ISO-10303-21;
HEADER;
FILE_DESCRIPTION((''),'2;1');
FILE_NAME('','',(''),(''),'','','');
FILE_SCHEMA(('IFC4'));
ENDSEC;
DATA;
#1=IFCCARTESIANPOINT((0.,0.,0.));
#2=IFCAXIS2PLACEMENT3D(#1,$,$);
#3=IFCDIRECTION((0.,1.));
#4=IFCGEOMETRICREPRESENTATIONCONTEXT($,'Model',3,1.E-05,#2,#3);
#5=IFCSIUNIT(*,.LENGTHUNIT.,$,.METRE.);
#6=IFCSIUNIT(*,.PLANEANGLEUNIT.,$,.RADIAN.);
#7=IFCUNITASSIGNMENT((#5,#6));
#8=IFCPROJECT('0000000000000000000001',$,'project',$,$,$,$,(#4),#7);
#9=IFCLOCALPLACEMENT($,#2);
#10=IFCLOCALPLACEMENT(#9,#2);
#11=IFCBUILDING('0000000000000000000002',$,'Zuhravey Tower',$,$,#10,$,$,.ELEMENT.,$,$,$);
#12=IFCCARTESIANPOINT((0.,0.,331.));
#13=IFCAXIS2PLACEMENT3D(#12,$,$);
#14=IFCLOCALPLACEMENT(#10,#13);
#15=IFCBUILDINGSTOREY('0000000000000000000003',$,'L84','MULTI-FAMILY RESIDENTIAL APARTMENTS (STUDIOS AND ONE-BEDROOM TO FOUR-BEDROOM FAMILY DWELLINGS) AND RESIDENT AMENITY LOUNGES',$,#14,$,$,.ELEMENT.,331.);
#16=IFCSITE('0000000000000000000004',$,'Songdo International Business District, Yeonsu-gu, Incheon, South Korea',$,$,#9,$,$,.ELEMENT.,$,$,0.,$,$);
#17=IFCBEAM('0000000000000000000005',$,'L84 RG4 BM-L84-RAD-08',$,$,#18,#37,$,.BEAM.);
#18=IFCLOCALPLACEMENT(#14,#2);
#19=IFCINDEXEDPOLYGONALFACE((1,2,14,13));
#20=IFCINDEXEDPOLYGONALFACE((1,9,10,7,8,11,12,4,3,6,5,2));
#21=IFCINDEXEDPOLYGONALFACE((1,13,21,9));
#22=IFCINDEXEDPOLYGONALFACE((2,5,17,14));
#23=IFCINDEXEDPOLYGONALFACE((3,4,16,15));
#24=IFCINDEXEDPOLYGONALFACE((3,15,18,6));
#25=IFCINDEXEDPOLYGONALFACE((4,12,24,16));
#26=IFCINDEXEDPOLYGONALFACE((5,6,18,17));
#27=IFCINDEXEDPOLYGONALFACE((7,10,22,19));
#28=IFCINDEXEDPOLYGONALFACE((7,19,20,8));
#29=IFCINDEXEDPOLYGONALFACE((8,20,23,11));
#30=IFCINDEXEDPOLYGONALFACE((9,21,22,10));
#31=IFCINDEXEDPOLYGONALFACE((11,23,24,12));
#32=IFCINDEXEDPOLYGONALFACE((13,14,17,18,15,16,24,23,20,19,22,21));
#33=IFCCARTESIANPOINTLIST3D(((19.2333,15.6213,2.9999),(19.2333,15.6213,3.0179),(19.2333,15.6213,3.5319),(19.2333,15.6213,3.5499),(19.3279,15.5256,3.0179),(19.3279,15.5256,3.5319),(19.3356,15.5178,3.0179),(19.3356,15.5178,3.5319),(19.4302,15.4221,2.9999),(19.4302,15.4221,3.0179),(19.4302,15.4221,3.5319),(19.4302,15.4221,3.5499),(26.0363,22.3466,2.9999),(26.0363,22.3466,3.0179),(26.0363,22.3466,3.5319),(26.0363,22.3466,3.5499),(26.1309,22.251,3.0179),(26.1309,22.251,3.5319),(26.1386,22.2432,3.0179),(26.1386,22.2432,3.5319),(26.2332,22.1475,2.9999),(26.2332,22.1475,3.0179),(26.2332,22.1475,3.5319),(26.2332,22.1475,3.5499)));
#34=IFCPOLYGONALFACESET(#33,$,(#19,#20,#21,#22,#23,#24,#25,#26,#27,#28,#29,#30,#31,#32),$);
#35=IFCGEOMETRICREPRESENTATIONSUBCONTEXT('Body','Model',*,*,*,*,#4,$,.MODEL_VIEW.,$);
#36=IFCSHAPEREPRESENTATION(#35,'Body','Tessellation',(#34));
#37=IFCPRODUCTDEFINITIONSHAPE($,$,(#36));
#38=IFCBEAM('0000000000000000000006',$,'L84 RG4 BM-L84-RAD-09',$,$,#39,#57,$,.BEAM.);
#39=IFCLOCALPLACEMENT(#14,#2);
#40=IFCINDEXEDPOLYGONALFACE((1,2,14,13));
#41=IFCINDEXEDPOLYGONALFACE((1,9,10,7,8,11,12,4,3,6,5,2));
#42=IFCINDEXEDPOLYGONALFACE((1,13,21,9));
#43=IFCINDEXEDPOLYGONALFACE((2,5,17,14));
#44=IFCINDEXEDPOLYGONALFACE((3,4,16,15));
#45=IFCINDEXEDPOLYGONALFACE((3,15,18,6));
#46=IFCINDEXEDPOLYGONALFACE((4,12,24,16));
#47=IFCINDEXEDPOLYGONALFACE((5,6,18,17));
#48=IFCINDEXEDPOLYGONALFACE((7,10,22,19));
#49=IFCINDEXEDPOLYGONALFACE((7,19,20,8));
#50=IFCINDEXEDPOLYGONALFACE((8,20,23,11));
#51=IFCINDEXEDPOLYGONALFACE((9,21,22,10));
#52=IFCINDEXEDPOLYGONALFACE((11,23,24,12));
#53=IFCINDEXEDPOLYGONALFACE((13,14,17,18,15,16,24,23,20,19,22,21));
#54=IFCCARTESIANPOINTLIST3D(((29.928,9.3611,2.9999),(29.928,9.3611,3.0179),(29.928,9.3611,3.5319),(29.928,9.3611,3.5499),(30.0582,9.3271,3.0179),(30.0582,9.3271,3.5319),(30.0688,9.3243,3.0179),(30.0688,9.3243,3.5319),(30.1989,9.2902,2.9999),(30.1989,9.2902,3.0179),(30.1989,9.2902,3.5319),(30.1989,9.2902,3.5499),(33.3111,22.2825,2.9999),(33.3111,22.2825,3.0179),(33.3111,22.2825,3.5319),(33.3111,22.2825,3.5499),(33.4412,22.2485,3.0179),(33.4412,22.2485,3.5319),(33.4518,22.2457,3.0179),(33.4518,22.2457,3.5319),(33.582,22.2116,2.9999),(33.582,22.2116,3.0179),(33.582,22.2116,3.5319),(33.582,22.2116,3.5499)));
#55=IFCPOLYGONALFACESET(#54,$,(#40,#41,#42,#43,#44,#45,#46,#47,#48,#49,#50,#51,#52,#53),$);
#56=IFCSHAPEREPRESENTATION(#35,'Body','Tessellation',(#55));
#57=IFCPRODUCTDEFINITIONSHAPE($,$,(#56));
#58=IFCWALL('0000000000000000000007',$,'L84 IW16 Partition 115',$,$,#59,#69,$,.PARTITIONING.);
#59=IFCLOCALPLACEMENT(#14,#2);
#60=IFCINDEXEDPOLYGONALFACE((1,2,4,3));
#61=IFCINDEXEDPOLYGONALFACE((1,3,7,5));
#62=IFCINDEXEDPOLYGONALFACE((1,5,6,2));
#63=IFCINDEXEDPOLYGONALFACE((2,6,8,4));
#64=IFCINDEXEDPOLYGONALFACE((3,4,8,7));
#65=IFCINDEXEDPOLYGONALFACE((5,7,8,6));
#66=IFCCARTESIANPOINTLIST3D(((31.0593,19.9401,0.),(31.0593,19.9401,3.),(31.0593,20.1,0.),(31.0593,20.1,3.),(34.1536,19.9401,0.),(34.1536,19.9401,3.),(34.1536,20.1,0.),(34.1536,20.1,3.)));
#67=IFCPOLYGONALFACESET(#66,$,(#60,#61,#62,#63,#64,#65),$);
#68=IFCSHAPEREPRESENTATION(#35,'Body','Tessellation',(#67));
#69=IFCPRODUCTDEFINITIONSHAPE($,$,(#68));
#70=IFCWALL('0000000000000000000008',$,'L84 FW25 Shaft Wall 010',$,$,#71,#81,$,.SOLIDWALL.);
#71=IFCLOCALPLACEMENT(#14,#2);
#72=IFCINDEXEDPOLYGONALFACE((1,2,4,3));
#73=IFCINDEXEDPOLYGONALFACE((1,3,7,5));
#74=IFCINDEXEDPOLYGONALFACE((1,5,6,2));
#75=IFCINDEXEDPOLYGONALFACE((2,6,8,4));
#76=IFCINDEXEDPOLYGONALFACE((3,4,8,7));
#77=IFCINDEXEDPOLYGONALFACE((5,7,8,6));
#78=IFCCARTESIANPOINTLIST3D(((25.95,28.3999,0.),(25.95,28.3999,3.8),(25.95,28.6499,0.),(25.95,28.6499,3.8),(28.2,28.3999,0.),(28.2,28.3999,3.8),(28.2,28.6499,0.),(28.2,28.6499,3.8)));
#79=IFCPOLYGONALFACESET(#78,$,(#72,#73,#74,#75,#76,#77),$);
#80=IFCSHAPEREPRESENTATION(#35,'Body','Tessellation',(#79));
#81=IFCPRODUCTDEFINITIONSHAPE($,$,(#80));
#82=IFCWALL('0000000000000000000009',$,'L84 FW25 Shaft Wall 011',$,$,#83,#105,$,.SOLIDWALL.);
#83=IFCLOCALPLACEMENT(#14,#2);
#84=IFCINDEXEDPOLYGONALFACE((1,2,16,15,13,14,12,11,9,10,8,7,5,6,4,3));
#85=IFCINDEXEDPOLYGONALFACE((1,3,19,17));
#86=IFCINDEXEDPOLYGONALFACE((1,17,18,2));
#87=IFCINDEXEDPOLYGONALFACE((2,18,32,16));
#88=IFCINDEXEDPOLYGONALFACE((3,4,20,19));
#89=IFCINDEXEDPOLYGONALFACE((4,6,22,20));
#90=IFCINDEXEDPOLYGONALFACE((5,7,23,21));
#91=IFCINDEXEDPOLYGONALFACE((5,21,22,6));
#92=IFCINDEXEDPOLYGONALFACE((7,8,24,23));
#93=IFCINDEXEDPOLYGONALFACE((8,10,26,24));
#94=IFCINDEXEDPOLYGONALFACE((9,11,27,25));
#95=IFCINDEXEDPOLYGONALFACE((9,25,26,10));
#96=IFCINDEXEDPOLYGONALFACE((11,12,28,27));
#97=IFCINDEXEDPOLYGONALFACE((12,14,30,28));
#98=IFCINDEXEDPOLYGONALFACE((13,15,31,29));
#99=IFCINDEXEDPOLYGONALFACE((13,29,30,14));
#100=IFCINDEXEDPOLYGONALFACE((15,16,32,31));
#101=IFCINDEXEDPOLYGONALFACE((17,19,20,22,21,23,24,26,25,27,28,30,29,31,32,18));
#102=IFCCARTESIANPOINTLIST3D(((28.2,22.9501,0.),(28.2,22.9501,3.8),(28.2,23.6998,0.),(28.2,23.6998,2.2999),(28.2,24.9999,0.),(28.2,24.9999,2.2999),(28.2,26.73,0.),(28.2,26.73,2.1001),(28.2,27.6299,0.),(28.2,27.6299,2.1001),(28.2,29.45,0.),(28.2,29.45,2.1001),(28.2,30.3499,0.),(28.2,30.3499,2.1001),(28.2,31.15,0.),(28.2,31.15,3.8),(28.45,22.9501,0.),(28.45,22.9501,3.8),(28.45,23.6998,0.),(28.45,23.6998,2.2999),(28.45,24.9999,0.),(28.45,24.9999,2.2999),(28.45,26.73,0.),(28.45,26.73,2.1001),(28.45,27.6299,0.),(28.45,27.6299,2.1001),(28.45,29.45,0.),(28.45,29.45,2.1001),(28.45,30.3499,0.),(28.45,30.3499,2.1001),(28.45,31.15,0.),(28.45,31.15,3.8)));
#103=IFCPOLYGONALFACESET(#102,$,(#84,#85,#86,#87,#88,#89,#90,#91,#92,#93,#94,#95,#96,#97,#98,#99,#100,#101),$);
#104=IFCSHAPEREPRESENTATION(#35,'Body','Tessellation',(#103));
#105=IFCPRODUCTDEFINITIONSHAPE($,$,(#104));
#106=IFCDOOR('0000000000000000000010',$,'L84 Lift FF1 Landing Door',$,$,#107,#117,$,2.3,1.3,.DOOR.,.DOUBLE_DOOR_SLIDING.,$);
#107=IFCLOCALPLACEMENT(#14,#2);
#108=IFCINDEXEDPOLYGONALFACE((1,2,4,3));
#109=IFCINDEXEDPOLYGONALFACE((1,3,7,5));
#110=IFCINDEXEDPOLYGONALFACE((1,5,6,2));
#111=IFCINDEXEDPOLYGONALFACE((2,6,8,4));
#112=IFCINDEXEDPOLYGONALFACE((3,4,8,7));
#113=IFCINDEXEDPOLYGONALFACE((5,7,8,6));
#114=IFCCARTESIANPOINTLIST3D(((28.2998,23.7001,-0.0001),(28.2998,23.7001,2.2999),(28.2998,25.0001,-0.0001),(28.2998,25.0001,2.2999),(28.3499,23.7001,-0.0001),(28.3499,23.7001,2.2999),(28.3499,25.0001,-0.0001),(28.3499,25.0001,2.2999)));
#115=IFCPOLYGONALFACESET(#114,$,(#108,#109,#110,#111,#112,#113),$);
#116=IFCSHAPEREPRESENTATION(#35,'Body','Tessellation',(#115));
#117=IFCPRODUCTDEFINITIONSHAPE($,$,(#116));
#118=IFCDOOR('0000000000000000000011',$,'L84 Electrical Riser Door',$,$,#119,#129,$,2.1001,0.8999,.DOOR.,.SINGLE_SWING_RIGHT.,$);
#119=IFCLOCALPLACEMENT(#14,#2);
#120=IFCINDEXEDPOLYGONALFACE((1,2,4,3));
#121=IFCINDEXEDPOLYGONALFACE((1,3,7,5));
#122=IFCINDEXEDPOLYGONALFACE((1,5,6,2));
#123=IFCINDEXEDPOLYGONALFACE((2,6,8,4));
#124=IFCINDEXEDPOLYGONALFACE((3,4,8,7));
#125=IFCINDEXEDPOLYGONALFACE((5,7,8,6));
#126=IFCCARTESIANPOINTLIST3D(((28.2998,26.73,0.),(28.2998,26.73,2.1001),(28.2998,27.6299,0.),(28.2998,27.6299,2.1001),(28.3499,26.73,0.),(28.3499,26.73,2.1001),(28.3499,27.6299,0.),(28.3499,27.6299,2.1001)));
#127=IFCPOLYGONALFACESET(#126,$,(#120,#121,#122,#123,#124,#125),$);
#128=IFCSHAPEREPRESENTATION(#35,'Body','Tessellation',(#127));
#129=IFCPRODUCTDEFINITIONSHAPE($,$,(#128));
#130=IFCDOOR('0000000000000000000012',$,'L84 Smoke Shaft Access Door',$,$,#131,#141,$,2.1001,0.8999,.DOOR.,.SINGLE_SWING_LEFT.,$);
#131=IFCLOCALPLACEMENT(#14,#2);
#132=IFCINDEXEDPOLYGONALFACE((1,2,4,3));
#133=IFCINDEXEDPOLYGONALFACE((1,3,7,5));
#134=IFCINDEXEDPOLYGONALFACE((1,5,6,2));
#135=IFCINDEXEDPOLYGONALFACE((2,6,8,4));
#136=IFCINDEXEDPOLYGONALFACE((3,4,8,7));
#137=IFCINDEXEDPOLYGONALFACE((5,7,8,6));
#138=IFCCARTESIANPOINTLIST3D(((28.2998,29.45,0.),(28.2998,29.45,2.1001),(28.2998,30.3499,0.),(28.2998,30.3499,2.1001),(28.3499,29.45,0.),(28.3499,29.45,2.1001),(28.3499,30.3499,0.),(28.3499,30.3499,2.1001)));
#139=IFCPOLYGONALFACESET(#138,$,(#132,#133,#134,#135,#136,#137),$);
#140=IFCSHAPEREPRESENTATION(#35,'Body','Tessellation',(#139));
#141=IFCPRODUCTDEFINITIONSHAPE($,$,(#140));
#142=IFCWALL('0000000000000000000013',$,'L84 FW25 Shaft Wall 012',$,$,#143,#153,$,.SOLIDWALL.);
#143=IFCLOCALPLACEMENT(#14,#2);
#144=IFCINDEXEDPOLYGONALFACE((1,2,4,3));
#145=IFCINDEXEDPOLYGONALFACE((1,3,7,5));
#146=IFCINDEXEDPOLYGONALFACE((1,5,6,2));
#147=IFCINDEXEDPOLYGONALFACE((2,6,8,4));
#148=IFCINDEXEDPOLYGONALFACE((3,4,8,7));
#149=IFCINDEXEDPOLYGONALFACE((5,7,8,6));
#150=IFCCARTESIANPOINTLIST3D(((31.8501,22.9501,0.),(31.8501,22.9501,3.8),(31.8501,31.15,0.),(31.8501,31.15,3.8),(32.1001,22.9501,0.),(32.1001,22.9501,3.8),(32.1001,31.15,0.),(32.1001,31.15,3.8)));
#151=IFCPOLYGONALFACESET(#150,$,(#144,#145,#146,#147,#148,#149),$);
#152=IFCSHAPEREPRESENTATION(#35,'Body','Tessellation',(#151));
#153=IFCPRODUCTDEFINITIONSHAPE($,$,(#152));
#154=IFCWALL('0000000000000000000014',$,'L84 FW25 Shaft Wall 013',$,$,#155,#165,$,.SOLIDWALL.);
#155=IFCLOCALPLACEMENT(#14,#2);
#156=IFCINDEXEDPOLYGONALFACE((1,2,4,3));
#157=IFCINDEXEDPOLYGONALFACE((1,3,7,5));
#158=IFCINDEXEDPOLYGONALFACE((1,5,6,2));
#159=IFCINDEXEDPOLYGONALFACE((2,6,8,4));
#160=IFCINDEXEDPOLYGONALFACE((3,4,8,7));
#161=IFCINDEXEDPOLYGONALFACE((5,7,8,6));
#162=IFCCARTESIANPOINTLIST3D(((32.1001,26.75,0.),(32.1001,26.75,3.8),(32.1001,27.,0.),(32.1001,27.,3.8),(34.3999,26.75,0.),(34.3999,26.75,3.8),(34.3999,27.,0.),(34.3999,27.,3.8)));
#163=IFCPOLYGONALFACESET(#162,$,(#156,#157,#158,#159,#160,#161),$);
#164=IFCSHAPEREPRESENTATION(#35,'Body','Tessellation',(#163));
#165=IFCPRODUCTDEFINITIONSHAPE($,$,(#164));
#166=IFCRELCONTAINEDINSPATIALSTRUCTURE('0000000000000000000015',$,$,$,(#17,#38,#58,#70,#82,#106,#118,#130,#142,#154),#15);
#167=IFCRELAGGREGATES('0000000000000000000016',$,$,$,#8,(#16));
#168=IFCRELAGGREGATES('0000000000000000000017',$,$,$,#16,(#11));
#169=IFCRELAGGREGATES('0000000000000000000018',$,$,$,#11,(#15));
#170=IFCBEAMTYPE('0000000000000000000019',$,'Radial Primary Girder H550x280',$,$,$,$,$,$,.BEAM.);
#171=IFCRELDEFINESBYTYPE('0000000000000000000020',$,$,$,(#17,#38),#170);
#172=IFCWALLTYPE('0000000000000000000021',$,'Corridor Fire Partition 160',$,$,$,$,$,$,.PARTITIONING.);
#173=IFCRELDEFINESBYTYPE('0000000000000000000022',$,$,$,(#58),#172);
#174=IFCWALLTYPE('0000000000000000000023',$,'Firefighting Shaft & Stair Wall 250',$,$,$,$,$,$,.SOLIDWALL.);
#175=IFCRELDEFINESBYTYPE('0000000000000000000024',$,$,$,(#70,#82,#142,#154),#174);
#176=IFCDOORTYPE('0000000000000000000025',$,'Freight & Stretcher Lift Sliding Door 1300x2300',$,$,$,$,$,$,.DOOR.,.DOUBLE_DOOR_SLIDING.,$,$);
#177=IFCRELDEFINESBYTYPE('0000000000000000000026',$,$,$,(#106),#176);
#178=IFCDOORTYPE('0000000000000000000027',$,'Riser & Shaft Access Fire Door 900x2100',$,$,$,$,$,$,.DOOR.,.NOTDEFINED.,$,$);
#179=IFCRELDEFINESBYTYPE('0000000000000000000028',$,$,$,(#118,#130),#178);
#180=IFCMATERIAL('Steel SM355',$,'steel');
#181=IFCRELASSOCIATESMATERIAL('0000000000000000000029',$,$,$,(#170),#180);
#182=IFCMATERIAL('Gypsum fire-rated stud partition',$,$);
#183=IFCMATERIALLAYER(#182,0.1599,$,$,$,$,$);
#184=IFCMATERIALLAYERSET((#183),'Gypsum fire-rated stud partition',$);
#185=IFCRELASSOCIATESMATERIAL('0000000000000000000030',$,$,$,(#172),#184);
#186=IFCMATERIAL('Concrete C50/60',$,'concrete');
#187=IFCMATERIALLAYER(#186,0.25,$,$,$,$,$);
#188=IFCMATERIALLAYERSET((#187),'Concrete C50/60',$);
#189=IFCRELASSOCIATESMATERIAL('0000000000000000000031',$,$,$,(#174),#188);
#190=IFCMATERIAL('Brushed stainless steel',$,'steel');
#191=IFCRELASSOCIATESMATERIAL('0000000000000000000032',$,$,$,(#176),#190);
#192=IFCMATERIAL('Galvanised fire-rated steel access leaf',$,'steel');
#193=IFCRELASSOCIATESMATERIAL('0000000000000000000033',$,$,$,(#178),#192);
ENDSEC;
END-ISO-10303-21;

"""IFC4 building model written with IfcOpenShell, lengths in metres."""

from ifc_helpers import new_model, si_unit, direction, frame, frame_2d, origin, origin_2d, place, context, subcontext, project, spatial, rectangle, i_section, extrude, material, layer, layer_set, material_profile, profile_set, type_object, element, fill, save


model = new_model("IFC4")

# Units and contexts
model_context = context("Model", 3, precision=1e-05, world=origin(), true_north=direction((0.0, 1.0)))
body_context = subcontext(model_context, "Body", "Model", "MODEL_VIEW")
ifc_project = project(units=[si_unit("LENGTHUNIT", "METRE"), si_unit("PLANEANGLEUNIT", "RADIAN")], contexts=[model_context])

# Site, building, storey
site_placement = place(None, origin())
site = spatial("IfcSite", under=ifc_project, at=site_placement, Name="Songdo International Business District, Yeonsu-gu, Incheon, South Korea", CompositionType="ELEMENT", RefElevation=0.0)
building_placement = place(site_placement, origin())
building = spatial("IfcBuilding", under=site, at=building_placement, Name="Zuhravey Tower", CompositionType="ELEMENT")
storey_placement = place(building_placement, frame((0.0, 0.0, 331.0)))
storey = spatial("IfcBuildingStorey", under=building, at=storey_placement, Name="L84", Description="MULTI-FAMILY RESIDENTIAL APARTMENTS (STUDIOS AND ONE-BEDROOM TO FOUR-BEDROOM FAMILY DWELLINGS) AND RESIDENT AMENITY LOUNGES", CompositionType="ELEMENT", Elevation=331.0)

# Beams
ifc_material_1 = material(Name="Steel SM355", Category="steel")
ifc_material_profile = material_profile(ifc_material_1, i_section(OverallWidth=0.28, OverallDepth=0.55, WebThickness=0.011, FlangeThickness=0.0181, at=origin_2d()), Name="H-550x280x11x18")
ifc_profile_set = profile_set([ifc_material_profile], Name="Steel SM355")
beam_type = type_object("IfcBeamType", Name="Radial Primary Girder H550x280", PredefinedType="BEAM", material=ifc_profile_set)
beam_1_placement = place(storey_placement, frame((26.1348, 22.2471, 3.2749), z_axis=(-0.711153, -0.703037, 0.0), x_axis=(0.703037, -0.711153, 0.0)))
element("IfcBeam", 1, at=beam_1_placement, inside=storey, type_object=beam_type, Name="L84 RG4 BM-L84-RAD-08", PredefinedType="BEAM", context=body_context, shape_type="SweptSolid", body=[
    extrude(i_section(OverallWidth=0.28, OverallDepth=0.55, WebThickness=0.011, FlangeThickness=0.0181, at=origin_2d()), origin(), (0.0, 0.0, 1.0), 9.5662),
])
beam_2_placement = place(storey_placement, frame((33.4465, 22.2471, 3.2749), z_axis=(-0.253281, -0.967393, 0.0), x_axis=(0.967393, -0.253281, 0.0)))
element("IfcBeam", 2, at=beam_2_placement, inside=storey, type_object=beam_type, Name="L84 RG4 BM-L84-RAD-09", PredefinedType="BEAM", context=body_context, shape_type="SweptSolid", body=[
    extrude(i_section(OverallWidth=0.28, OverallDepth=0.55, WebThickness=0.011, FlangeThickness=0.0181, at=origin_2d()), origin(), (0.0, 0.0, 1.0), 13.3569),
])

# Shared definitions
ifc_material_2 = material(Name="Gypsum fire-rated stud partition")
ifc_layer_1 = layer(ifc_material_2, 0.1599)
ifc_layer_set_1 = layer_set([ifc_layer_1], Name="Gypsum fire-rated stud partition")
wall_type_1 = type_object("IfcWallType", Name="Corridor Fire Partition 160", PredefinedType="PARTITIONING", material=ifc_layer_set_1)

# Walls
wall_1_placement = place(storey_placement, frame((31.0593, 20.02, 0.0), z_axis=(0.0, 0.0, 1.0), x_axis=(1.0, 0.0, 0.0)))
element("IfcWall", 3, at=wall_1_placement, inside=storey, type_object=wall_type_1, Name="L84 IW16 Partition 115", PredefinedType="PARTITIONING", context=body_context, shape_type="SweptSolid", body=[
    extrude(rectangle(XDim=3.0942, YDim=0.1599, at=frame_2d((1.5471, 0.0))), origin(), (0.0, 0.0, 1.0), 3.0),
])
ifc_material_3 = material(Name="Concrete C50/60", Category="concrete")
ifc_layer_2 = layer(ifc_material_3, 0.25)
ifc_layer_set_2 = layer_set([ifc_layer_2], Name="Concrete C50/60")
wall_type_2 = type_object("IfcWallType", Name="Firefighting Shaft & Stair Wall 250", PredefinedType="SOLIDWALL", material=ifc_layer_set_2)
wall_2_placement = place(storey_placement, frame((25.95, 28.5249, 0.0), z_axis=(0.0, 0.0, 1.0), x_axis=(1.0, 0.0, 0.0)))
element("IfcWall", 4, at=wall_2_placement, inside=storey, type_object=wall_type_2, Name="L84 FW25 Shaft Wall 010", PredefinedType="SOLIDWALL", context=body_context, shape_type="SweptSolid", body=[
    extrude(rectangle(XDim=2.25, YDim=0.25, at=frame_2d((1.125, 0.0))), origin(), (0.0, 0.0, 1.0), 3.8),
])

# Wall, openings, doors
wall_3_placement = place(storey_placement, frame((28.325, 22.95, 0.0), z_axis=(0.0, 0.0, 1.0), x_axis=(0.0, 1.0, 0.0)))
wall_3 = element("IfcWall", 5, at=wall_3_placement, inside=storey, type_object=wall_type_2, Name="L84 FW25 Shaft Wall 011", PredefinedType="SOLIDWALL", context=body_context, shape_type="SweptSolid", body=[
    extrude(rectangle(XDim=8.2, YDim=0.25, at=frame_2d((4.1001, 0.0))), origin(), (0.0, 0.0, 1.0), 3.8),
])
opening_1_placement = place(wall_3_placement, frame((0.75, 0.0, 0.0)))
opening_1 = element("IfcOpeningElement", 6, at=opening_1_placement, cuts=wall_3, PredefinedType="OPENING", context=body_context, shape_type="SweptSolid", body=[
    extrude(rectangle(XDim=1.3, YDim=2.3, at=frame_2d((0.6499, 1.1499))), frame((0.0, 0.137, 0.0), z_axis=(0.0, -1.0, 0.0), x_axis=(1.0, 0.0, 0.0)), (0.0, 0.0, 1.0), 0.2739),
])
opening_2_placement = place(wall_3_placement, frame((3.78, 0.0, 0.0)))
opening_2 = element("IfcOpeningElement", 7, at=opening_2_placement, cuts=wall_3, PredefinedType="OPENING", context=body_context, shape_type="SweptSolid", body=[
    extrude(rectangle(XDim=0.8999, YDim=2.1001, at=frame_2d((0.45, 1.05))), frame((0.0, 0.137, 0.0), z_axis=(0.0, -1.0, 0.0), x_axis=(1.0, 0.0, 0.0)), (0.0, 0.0, 1.0), 0.2739),
])
opening_3_placement = place(wall_3_placement, frame((6.5, 0.0, 0.0)))
opening_3 = element("IfcOpeningElement", 8, at=opening_3_placement, cuts=wall_3, PredefinedType="OPENING", context=body_context, shape_type="SweptSolid", body=[
    extrude(rectangle(XDim=0.8999, YDim=2.1001, at=frame_2d((0.45, 1.05))), frame((0.0, 0.137, 0.0), z_axis=(0.0, -1.0, 0.0), x_axis=(1.0, 0.0, 0.0)), (0.0, 0.0, 1.0), 0.2739),
])
ifc_material_4 = material(Name="Brushed stainless steel", Category="steel")
door_type_1 = type_object("IfcDoorType", Name="Freight & Stretcher Lift Sliding Door 1300x2300", OperationType="DOUBLE_DOOR_SLIDING", PredefinedType="DOOR", material=ifc_material_4)
door_1_placement = place(opening_1_placement, frame((1.3, 0.0, 0.0), z_axis=(0.0, 0.0, 1.0), x_axis=(-1.0, 0.0, 0.0)))
door_1 = element("IfcDoor", 9, at=door_1_placement, inside=storey, type_object=door_type_1, Name="L84 Lift FF1 Landing Door", OperationType="DOUBLE_DOOR_SLIDING", OverallHeight=2.3, OverallWidth=1.3, PredefinedType="DOOR", context=body_context, shape_type="SweptSolid", body=[
    extrude(rectangle(XDim=1.3, YDim=2.3, at=frame_2d((0.6499, 1.1499))), frame((0.0, 0.0249, 0.0), z_axis=(0.0, -1.0, 0.0), x_axis=(1.0, 0.0, 0.0)), (0.0, 0.0, 1.0), 0.05),
])
fill(opening_1, door_1)
ifc_material_5 = material(Name="Galvanised fire-rated steel access leaf", Category="steel")
door_type_2 = type_object("IfcDoorType", Name="Riser & Shaft Access Fire Door 900x2100", OperationType="NOTDEFINED", PredefinedType="DOOR", material=ifc_material_5)
door_2_placement = place(opening_2_placement, frame((0.8999, 0.0, 0.0), z_axis=(0.0, 0.0, 1.0), x_axis=(-1.0, 0.0, 0.0)))
door_2 = element("IfcDoor", 10, at=door_2_placement, inside=storey, type_object=door_type_2, Name="L84 Electrical Riser Door", OperationType="SINGLE_SWING_RIGHT", OverallHeight=2.1001, OverallWidth=0.8999, PredefinedType="DOOR", context=body_context, shape_type="SweptSolid", body=[
    extrude(rectangle(XDim=0.8999, YDim=2.1001, at=frame_2d((0.45, 1.05))), frame((0.0, 0.0249, 0.0), z_axis=(0.0, -1.0, 0.0), x_axis=(1.0, 0.0, 0.0)), (0.0, 0.0, 1.0), 0.05),
])
fill(opening_2, door_2)
door_3_placement = place(opening_3_placement, frame((0.8999, 0.0, 0.0), z_axis=(0.0, 0.0, 1.0), x_axis=(-1.0, 0.0, 0.0)))
door_3 = element("IfcDoor", 11, at=door_3_placement, inside=storey, type_object=door_type_2, Name="L84 Smoke Shaft Access Door", OperationType="SINGLE_SWING_LEFT", OverallHeight=2.1001, OverallWidth=0.8999, PredefinedType="DOOR", context=body_context, shape_type="SweptSolid", body=[
    extrude(rectangle(XDim=0.8999, YDim=2.1001, at=frame_2d((0.45, 1.05))), frame((0.0, 0.0249, 0.0), z_axis=(0.0, -1.0, 0.0), x_axis=(1.0, 0.0, 0.0)), (0.0, 0.0, 1.0), 0.05),
])
fill(opening_3, door_3)

# Walls
wall_4_placement = place(storey_placement, frame((31.9751, 22.95, 0.0), z_axis=(0.0, 0.0, 1.0), x_axis=(0.0, 1.0, 0.0)))
element("IfcWall", 12, at=wall_4_placement, inside=storey, type_object=wall_type_2, Name="L84 FW25 Shaft Wall 012", PredefinedType="SOLIDWALL", context=body_context, shape_type="SweptSolid", body=[
    extrude(rectangle(XDim=8.2, YDim=0.25, at=frame_2d((4.1001, 0.0))), origin(), (0.0, 0.0, 1.0), 3.8),
])
wall_5_placement = place(storey_placement, frame((32.1001, 26.875, 0.0), z_axis=(0.0, 0.0, 1.0), x_axis=(1.0, 0.0, 0.0)))
element("IfcWall", 13, at=wall_5_placement, inside=storey, type_object=wall_type_2, Name="L84 FW25 Shaft Wall 013", PredefinedType="SOLIDWALL", context=body_context, shape_type="SweptSolid", body=[
    extrude(rectangle(XDim=2.2998, YDim=0.25, at=frame_2d((1.1499, 0.0))), origin(), (0.0, 0.0, 1.0), 3.8),
])

save(model, "model.ifc")
